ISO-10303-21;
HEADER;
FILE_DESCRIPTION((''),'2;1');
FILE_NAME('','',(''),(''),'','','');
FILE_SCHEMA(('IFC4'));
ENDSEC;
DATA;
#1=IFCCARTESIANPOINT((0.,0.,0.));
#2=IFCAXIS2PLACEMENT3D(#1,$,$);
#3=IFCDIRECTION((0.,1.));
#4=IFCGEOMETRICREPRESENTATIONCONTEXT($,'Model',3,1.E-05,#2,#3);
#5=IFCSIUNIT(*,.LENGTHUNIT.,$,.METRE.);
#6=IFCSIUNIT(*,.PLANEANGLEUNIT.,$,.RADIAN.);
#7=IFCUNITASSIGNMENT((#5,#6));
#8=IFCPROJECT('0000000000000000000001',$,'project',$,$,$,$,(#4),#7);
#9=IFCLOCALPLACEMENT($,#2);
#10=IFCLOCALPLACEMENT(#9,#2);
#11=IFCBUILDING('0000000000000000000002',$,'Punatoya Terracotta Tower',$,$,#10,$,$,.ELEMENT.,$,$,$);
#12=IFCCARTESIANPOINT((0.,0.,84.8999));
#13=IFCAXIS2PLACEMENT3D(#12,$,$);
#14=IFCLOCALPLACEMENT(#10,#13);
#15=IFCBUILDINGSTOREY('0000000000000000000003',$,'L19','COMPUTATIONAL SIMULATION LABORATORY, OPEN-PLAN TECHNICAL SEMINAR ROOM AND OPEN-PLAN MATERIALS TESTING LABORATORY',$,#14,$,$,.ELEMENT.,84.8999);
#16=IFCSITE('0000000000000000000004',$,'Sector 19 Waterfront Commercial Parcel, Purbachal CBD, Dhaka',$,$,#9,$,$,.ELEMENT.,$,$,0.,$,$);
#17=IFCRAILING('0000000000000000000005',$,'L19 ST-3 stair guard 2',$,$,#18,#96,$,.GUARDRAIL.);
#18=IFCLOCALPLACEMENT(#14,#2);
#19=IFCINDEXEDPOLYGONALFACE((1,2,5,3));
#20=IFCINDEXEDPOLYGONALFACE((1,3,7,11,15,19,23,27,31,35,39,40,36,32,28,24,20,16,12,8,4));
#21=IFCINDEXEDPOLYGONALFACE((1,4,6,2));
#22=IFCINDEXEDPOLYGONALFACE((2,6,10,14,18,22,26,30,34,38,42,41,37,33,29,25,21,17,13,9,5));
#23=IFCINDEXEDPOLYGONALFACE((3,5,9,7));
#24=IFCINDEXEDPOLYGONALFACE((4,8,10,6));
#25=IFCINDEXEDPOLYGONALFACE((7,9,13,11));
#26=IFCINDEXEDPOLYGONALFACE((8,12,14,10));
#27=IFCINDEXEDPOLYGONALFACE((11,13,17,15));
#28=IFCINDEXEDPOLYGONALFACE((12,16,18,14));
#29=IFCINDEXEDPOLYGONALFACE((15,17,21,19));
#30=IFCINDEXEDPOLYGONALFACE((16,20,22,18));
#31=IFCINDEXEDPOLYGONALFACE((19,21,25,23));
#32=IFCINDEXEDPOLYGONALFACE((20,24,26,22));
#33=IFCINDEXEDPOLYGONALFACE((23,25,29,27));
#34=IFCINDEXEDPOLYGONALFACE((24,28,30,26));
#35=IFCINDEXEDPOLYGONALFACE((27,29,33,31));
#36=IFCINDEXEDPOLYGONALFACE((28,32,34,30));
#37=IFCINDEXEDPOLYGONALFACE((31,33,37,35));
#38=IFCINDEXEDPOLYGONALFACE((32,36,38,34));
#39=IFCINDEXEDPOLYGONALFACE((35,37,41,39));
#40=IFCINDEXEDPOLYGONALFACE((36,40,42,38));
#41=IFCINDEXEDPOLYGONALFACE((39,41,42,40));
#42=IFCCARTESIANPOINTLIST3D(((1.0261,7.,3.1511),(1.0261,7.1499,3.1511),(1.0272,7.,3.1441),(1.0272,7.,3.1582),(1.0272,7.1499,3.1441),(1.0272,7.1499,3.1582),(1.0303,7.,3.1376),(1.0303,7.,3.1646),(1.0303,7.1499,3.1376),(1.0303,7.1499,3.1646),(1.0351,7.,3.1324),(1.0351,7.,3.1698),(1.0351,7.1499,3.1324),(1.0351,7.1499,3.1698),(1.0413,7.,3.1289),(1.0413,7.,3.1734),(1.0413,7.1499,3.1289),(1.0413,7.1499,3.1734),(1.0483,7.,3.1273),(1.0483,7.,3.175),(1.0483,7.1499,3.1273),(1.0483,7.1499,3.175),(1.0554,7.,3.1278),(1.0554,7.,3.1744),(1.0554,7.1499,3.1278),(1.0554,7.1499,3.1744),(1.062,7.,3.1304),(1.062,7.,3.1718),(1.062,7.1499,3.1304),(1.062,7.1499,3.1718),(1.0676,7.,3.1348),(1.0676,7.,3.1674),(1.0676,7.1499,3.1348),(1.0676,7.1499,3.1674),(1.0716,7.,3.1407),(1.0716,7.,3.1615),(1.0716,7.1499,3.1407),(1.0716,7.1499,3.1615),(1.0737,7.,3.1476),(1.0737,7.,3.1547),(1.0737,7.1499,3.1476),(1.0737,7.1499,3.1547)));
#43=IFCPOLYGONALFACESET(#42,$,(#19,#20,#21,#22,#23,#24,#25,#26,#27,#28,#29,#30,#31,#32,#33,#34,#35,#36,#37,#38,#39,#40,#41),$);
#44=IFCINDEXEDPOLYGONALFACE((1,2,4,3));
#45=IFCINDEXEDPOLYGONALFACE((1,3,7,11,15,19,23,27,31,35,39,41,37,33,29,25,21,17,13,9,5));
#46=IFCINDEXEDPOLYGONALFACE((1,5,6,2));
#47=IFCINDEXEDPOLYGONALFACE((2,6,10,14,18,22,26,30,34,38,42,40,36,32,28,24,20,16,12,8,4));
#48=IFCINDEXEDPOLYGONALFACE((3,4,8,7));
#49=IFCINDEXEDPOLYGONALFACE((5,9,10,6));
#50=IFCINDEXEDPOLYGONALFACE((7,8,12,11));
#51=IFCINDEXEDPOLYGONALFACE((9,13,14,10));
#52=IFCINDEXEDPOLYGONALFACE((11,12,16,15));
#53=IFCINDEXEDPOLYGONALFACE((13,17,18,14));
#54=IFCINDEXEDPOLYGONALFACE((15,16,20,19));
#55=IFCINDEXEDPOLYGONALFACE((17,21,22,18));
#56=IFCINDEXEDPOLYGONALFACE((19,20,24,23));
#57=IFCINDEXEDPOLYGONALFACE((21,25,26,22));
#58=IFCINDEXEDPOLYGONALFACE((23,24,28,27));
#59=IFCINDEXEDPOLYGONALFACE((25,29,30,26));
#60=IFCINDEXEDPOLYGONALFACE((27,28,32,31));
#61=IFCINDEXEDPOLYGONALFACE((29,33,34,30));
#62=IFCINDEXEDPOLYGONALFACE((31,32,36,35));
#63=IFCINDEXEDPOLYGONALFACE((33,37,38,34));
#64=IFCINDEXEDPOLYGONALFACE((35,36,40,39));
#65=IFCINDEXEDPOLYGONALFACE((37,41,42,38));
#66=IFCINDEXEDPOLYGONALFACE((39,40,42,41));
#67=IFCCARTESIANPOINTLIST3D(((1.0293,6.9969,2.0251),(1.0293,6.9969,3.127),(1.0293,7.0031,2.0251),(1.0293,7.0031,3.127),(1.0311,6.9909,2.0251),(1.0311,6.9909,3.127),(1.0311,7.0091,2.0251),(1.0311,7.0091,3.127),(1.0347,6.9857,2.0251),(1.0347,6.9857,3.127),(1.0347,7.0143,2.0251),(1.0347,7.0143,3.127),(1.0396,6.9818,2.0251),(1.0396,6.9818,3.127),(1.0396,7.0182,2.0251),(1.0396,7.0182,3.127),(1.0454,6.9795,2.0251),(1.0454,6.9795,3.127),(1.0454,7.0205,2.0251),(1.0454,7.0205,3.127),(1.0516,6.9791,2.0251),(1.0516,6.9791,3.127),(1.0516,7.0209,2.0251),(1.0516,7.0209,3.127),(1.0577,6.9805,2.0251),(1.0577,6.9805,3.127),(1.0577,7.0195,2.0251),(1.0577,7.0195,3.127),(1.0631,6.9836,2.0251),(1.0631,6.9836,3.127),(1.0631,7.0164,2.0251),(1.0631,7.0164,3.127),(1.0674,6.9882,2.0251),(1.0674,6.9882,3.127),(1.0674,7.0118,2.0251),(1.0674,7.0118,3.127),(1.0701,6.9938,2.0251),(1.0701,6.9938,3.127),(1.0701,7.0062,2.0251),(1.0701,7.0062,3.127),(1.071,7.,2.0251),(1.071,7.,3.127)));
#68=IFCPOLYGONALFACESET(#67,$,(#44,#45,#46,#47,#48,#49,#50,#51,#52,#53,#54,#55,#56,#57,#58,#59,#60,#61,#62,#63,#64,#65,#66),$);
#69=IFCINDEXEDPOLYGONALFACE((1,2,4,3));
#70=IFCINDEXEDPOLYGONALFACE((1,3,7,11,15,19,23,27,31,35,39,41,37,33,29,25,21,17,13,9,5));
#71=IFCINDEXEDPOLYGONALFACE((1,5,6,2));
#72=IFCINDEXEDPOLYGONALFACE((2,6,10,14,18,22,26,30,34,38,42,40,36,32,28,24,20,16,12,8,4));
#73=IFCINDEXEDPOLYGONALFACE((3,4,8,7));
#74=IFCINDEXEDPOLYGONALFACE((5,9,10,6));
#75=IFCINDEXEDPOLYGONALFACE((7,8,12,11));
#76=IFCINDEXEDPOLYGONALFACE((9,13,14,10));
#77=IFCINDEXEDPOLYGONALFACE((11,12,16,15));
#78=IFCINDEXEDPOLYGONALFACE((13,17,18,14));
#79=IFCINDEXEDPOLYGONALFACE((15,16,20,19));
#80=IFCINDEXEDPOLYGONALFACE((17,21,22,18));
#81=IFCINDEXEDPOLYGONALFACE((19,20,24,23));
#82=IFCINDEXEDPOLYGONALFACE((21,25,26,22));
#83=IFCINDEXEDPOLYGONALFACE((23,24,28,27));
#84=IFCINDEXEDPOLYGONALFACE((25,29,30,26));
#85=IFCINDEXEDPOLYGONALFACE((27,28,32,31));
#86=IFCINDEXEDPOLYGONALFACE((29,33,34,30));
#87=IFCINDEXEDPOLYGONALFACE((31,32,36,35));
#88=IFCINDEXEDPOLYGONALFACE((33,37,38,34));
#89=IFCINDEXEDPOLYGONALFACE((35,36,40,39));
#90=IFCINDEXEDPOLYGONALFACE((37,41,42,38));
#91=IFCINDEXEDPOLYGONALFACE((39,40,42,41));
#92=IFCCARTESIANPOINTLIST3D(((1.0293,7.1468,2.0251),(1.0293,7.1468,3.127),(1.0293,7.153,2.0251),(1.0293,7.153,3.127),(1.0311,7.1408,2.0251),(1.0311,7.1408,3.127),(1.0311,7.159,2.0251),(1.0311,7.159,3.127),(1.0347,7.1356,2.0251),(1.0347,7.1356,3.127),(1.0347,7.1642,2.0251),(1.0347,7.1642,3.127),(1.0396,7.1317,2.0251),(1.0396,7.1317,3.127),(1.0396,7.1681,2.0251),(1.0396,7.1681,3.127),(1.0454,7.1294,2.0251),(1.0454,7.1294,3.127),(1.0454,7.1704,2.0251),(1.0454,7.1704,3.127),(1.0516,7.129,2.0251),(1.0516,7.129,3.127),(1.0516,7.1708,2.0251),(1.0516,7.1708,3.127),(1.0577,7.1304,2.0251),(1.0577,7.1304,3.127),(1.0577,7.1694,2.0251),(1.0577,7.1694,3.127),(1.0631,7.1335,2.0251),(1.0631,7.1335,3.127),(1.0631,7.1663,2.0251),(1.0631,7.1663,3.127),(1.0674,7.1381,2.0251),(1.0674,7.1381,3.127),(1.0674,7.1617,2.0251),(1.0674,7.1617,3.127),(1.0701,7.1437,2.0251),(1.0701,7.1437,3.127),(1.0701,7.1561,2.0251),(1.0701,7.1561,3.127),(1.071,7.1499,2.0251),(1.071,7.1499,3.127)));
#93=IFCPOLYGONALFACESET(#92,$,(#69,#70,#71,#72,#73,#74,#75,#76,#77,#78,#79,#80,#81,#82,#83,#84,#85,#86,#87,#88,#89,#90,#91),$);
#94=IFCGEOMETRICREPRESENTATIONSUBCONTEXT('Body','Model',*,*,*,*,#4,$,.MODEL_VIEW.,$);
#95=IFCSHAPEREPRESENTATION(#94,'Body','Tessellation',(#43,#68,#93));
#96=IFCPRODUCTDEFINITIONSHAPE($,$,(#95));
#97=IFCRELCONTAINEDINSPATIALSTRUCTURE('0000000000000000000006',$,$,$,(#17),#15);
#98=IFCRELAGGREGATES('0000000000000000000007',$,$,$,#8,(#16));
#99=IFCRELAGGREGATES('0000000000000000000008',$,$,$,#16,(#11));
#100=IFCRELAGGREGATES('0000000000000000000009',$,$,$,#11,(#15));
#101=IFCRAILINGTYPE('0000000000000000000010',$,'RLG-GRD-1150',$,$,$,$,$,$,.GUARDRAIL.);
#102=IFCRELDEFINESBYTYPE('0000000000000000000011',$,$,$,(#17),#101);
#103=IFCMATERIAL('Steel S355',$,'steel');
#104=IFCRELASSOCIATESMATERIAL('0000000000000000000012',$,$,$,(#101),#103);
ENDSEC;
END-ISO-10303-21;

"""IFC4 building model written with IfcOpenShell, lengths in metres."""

from ifc_helpers import new_model, si_unit, direction, frame, origin, origin_2d, place, context, subcontext, project, spatial, circle, extrude, material, type_object, element, save


model = new_model("IFC4")

# Units and contexts
model_context = context("Model", 3, precision=1e-05, world=origin(), true_north=direction((0.0, 1.0)))
body_context = subcontext(model_context, "Body", "Model", "MODEL_VIEW")
ifc_project = project(units=[si_unit("LENGTHUNIT", "METRE"), si_unit("PLANEANGLEUNIT", "RADIAN")], contexts=[model_context])

# Site, building, storey
site_placement = place(None, origin())
site = spatial("IfcSite", under=ifc_project, at=site_placement, Name="Sector 19 Waterfront Commercial Parcel, Purbachal CBD, Dhaka", CompositionType="ELEMENT", RefElevation=0.0)
building_placement = place(site_placement, origin())
building = spatial("IfcBuilding", under=site, at=building_placement, Name="Punatoya Terracotta Tower", CompositionType="ELEMENT")
storey_placement = place(building_placement, frame((0.0, 0.0, 84.8999)))
storey = spatial("IfcBuildingStorey", under=building, at=storey_placement, Name="L19", Description="COMPUTATIONAL SIMULATION LABORATORY, OPEN-PLAN TECHNICAL SEMINAR ROOM AND OPEN-PLAN MATERIALS TESTING LABORATORY", CompositionType="ELEMENT", Elevation=84.8999)

# Shared definitions
ifc_material_1 = material(Name="Steel S355", Category="steel")

# Railing
railing_type_1 = type_object("IfcRailingType", Name="RLG-GRD-1150", PredefinedType="GUARDRAIL", material=ifc_material_1)
railing_1_placement = place(storey_placement, frame((1.05, 7.0, 2.0251)))
element("IfcRailing", 1, at=railing_1_placement, inside=storey, type_object=railing_type_1, Name="L19 ST-3 stair guard 2", PredefinedType="GUARDRAIL", context=body_context, shape_type="SweptSolid", body=[
    extrude(circle(Radius=0.0239, at=origin_2d()), frame((0.0, 0.0, 1.126), z_axis=(0.0, 1.0, 0.0), x_axis=(-1.0, 0.0, 0.0)), (0.0, 0.0, 1.0), 0.1499),
    extrude(circle(Radius=0.021, at=origin_2d()), origin(), (0.0, 0.0, 1.0), 1.1018),
    extrude(circle(Radius=0.021, at=origin_2d()), frame((0.0, 0.1499, 0.0)), (0.0, 0.0, 1.0), 1.1018),
])

save(model, "model.ifc")
